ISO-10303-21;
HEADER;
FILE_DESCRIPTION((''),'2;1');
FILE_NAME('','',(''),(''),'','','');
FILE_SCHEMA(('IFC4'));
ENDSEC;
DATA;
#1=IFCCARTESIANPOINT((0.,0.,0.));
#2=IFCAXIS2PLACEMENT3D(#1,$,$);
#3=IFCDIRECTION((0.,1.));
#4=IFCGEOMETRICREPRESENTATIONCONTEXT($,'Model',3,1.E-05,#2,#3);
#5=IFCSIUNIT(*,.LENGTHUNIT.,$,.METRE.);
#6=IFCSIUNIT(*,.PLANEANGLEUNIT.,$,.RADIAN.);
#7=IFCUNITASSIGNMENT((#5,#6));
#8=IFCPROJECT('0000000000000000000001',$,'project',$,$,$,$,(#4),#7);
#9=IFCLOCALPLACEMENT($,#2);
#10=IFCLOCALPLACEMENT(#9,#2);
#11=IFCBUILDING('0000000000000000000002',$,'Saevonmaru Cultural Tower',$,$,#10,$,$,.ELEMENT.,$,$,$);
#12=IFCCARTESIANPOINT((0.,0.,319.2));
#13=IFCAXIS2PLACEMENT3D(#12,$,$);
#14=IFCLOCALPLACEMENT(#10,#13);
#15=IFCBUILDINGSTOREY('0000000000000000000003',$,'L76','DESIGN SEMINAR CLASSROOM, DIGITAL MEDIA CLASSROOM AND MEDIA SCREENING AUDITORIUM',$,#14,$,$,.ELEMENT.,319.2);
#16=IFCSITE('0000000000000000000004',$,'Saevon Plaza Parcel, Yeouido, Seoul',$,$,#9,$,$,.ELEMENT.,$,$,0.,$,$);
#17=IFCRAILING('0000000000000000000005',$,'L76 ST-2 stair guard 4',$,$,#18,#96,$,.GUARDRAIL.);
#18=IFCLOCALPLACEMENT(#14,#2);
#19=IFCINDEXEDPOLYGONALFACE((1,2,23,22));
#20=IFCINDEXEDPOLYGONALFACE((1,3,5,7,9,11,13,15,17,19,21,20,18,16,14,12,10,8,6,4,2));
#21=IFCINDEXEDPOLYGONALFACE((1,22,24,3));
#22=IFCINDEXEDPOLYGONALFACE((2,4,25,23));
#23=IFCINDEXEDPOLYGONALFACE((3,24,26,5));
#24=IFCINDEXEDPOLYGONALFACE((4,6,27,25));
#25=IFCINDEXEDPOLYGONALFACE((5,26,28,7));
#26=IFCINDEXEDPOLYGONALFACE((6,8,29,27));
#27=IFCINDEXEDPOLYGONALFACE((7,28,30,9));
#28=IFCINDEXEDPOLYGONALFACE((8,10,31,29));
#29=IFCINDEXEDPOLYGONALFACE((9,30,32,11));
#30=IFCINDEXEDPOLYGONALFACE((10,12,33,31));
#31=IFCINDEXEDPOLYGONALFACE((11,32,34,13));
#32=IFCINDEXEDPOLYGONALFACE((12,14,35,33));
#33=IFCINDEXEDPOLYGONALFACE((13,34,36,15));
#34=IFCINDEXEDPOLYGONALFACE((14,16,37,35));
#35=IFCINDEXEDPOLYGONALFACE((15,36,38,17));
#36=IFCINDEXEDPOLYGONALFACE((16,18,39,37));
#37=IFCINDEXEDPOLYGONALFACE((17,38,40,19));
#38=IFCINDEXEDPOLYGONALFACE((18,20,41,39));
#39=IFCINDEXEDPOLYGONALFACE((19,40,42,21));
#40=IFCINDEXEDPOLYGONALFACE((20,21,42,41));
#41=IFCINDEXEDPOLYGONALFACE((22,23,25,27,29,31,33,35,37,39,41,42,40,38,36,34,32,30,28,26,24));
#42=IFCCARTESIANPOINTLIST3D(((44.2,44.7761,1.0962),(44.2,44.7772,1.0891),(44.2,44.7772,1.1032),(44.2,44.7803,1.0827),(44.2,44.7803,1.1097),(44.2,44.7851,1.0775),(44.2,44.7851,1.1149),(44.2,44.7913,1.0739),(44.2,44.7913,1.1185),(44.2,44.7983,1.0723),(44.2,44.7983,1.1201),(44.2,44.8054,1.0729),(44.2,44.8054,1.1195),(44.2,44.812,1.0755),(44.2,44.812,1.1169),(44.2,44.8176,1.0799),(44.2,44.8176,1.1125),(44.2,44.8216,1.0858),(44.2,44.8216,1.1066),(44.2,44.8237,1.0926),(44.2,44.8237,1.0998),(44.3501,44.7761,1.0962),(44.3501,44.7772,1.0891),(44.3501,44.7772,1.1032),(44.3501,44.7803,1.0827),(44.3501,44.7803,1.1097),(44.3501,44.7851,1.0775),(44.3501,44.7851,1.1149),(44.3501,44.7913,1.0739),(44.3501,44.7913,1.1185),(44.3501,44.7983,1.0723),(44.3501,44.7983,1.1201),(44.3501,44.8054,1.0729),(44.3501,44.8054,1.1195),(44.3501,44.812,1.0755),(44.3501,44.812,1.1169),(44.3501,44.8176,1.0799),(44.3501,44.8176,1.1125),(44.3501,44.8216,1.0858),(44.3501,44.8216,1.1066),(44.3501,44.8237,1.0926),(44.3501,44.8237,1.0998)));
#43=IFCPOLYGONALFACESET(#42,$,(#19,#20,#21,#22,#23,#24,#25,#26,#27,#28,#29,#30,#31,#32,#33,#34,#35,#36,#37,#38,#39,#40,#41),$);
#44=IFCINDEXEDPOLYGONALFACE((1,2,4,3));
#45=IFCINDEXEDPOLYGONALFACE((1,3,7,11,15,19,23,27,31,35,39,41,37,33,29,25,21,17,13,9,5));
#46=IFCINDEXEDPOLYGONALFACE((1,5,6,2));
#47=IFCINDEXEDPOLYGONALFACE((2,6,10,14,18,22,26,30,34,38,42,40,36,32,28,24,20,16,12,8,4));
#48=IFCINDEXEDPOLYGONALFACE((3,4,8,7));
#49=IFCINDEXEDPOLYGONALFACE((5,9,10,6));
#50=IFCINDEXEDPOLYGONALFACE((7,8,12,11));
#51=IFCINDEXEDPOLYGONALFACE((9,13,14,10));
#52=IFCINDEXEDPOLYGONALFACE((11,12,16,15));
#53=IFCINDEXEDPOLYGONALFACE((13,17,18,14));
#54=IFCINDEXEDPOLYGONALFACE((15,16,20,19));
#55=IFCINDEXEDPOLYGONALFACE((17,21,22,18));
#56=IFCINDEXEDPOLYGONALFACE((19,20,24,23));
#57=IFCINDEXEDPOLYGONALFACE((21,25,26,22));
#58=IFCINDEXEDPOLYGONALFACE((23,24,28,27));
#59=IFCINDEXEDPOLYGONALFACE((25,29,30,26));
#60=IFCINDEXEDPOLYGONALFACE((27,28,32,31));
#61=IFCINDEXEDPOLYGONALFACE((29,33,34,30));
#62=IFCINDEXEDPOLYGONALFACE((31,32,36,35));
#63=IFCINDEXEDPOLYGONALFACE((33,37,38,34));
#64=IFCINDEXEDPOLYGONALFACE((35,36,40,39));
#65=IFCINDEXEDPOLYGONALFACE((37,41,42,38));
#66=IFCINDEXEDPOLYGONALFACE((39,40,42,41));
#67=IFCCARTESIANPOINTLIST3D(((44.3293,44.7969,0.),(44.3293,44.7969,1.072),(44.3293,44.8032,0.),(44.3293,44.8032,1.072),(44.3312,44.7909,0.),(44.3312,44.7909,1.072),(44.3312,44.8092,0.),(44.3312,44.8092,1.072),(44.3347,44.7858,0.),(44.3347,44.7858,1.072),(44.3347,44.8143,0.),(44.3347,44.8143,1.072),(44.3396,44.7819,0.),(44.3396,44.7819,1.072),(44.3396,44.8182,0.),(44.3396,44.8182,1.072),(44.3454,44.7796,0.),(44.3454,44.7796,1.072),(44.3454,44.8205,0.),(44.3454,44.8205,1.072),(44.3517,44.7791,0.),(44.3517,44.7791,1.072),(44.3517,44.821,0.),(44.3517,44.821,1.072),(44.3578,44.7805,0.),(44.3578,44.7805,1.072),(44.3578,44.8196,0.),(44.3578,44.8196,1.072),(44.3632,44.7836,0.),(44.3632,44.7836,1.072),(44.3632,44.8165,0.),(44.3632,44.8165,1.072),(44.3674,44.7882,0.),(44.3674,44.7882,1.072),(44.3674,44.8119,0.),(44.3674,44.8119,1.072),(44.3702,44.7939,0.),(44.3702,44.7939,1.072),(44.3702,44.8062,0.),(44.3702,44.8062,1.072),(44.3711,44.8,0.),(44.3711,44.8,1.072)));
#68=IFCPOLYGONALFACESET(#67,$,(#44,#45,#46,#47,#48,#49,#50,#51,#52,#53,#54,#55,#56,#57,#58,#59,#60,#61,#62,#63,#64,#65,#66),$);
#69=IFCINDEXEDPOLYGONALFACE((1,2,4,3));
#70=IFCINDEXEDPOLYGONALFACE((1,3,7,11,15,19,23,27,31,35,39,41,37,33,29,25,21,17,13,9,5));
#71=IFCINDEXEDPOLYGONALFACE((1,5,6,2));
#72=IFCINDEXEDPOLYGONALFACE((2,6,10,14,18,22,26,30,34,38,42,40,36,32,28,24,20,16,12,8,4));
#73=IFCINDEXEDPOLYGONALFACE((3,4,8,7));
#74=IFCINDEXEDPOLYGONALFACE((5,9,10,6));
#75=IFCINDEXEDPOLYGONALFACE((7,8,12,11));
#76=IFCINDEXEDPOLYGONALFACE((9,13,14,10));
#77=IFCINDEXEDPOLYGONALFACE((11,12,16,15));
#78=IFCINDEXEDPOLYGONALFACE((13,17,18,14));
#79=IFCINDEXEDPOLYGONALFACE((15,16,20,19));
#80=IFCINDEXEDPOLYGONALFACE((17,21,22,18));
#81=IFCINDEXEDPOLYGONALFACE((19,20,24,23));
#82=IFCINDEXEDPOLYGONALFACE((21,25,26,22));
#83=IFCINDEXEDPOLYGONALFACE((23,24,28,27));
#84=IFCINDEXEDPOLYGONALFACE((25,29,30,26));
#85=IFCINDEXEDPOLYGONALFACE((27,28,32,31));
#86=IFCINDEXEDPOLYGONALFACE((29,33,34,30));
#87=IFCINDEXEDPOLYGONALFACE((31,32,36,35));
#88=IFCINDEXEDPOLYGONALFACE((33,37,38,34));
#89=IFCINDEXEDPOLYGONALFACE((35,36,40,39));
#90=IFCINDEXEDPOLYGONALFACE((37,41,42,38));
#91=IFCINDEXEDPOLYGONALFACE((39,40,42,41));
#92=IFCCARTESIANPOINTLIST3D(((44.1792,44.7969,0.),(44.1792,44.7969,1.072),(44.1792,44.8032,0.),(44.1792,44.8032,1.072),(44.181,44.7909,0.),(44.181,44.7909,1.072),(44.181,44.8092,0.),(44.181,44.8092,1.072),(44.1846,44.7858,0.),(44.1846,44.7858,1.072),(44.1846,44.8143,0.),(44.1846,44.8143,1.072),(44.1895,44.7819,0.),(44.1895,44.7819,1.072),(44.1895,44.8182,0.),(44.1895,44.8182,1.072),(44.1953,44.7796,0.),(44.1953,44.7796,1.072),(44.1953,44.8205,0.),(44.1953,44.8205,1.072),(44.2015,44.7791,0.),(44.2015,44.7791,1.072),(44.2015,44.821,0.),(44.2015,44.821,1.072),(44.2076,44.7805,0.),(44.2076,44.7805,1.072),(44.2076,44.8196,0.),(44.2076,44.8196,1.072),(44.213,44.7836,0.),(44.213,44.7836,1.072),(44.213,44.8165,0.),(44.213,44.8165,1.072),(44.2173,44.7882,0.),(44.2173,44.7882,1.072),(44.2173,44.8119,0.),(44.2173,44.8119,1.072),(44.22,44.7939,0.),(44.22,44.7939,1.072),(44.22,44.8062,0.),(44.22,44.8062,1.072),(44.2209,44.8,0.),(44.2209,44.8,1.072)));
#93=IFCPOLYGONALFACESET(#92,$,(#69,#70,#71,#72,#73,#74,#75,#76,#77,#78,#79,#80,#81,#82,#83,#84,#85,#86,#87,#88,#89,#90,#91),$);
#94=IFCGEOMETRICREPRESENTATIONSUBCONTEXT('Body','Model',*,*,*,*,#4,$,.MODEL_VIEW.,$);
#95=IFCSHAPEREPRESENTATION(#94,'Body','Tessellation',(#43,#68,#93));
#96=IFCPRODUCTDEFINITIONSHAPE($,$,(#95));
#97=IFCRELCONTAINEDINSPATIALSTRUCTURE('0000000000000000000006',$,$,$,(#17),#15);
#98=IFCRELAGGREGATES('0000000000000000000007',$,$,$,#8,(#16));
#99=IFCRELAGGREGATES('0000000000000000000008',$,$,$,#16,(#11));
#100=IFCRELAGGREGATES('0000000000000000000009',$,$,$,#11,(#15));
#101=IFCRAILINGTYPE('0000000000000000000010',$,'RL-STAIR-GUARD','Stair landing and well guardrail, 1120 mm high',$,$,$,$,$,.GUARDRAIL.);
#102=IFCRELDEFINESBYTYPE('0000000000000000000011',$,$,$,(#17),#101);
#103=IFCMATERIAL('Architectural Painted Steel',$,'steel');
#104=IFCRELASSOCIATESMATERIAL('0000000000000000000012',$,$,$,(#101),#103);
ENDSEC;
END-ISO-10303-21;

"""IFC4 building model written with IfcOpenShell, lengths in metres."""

from ifc_helpers import new_model, si_unit, direction, frame, origin, origin_2d, place, context, subcontext, project, spatial, circle, extrude, material, type_object, element, save


model = new_model("IFC4")

# Units and contexts
model_context = context("Model", 3, precision=1e-05, world=origin(), true_north=direction((0.0, 1.0)))
body_context = subcontext(model_context, "Body", "Model", "MODEL_VIEW")
ifc_project = project(units=[si_unit("LENGTHUNIT", "METRE"), si_unit("PLANEANGLEUNIT", "RADIAN")], contexts=[model_context])

# Site, building, storey
site_placement = place(None, origin())
site = spatial("IfcSite", under=ifc_project, at=site_placement, Name="Saevon Plaza Parcel, Yeouido, Seoul", CompositionType="ELEMENT", RefElevation=0.0)
building_placement = place(site_placement, origin())
building = spatial("IfcBuilding", under=site, at=building_placement, Name="Saevonmaru Cultural Tower", CompositionType="ELEMENT")
storey_placement = place(building_placement, frame((0.0, 0.0, 319.2)))
storey = spatial("IfcBuildingStorey", under=building, at=storey_placement, Name="L76", Description="DESIGN SEMINAR CLASSROOM, DIGITAL MEDIA CLASSROOM AND MEDIA SCREENING AUDITORIUM", CompositionType="ELEMENT", Elevation=319.2)

# Railing
ifc_material_1 = material(Name="Architectural Painted Steel", Category="steel")
railing_type_1 = type_object("IfcRailingType", Name="RL-STAIR-GUARD", Description="Stair landing and well guardrail, 1120 mm high", PredefinedType="GUARDRAIL", material=ifc_material_1)
railing_1_placement = place(storey_placement, frame((44.3501, 44.8, 0.0)))
element("IfcRailing", 1, at=railing_1_placement, inside=storey, type_object=railing_type_1, Name="L76 ST-2 stair guard 4", PredefinedType="GUARDRAIL", context=body_context, shape_type="SweptSolid", body=[
    extrude(circle(Radius=0.0239, at=origin_2d()), frame((0.0, 0.0, 1.0962), z_axis=(-1.0, 0.0, 0.0), x_axis=(0.0, -1.0, 0.0)), (0.0, 0.0, 1.0), 0.1501),
    extrude(circle(Radius=0.021, at=origin_2d()), origin(), (0.0, 0.0, 1.0), 1.072),
    extrude(circle(Radius=0.021, at=origin_2d()), frame((-0.1501, 0.0, 0.0)), (0.0, 0.0, 1.0), 1.072),
])

save(model, "model.ifc")
